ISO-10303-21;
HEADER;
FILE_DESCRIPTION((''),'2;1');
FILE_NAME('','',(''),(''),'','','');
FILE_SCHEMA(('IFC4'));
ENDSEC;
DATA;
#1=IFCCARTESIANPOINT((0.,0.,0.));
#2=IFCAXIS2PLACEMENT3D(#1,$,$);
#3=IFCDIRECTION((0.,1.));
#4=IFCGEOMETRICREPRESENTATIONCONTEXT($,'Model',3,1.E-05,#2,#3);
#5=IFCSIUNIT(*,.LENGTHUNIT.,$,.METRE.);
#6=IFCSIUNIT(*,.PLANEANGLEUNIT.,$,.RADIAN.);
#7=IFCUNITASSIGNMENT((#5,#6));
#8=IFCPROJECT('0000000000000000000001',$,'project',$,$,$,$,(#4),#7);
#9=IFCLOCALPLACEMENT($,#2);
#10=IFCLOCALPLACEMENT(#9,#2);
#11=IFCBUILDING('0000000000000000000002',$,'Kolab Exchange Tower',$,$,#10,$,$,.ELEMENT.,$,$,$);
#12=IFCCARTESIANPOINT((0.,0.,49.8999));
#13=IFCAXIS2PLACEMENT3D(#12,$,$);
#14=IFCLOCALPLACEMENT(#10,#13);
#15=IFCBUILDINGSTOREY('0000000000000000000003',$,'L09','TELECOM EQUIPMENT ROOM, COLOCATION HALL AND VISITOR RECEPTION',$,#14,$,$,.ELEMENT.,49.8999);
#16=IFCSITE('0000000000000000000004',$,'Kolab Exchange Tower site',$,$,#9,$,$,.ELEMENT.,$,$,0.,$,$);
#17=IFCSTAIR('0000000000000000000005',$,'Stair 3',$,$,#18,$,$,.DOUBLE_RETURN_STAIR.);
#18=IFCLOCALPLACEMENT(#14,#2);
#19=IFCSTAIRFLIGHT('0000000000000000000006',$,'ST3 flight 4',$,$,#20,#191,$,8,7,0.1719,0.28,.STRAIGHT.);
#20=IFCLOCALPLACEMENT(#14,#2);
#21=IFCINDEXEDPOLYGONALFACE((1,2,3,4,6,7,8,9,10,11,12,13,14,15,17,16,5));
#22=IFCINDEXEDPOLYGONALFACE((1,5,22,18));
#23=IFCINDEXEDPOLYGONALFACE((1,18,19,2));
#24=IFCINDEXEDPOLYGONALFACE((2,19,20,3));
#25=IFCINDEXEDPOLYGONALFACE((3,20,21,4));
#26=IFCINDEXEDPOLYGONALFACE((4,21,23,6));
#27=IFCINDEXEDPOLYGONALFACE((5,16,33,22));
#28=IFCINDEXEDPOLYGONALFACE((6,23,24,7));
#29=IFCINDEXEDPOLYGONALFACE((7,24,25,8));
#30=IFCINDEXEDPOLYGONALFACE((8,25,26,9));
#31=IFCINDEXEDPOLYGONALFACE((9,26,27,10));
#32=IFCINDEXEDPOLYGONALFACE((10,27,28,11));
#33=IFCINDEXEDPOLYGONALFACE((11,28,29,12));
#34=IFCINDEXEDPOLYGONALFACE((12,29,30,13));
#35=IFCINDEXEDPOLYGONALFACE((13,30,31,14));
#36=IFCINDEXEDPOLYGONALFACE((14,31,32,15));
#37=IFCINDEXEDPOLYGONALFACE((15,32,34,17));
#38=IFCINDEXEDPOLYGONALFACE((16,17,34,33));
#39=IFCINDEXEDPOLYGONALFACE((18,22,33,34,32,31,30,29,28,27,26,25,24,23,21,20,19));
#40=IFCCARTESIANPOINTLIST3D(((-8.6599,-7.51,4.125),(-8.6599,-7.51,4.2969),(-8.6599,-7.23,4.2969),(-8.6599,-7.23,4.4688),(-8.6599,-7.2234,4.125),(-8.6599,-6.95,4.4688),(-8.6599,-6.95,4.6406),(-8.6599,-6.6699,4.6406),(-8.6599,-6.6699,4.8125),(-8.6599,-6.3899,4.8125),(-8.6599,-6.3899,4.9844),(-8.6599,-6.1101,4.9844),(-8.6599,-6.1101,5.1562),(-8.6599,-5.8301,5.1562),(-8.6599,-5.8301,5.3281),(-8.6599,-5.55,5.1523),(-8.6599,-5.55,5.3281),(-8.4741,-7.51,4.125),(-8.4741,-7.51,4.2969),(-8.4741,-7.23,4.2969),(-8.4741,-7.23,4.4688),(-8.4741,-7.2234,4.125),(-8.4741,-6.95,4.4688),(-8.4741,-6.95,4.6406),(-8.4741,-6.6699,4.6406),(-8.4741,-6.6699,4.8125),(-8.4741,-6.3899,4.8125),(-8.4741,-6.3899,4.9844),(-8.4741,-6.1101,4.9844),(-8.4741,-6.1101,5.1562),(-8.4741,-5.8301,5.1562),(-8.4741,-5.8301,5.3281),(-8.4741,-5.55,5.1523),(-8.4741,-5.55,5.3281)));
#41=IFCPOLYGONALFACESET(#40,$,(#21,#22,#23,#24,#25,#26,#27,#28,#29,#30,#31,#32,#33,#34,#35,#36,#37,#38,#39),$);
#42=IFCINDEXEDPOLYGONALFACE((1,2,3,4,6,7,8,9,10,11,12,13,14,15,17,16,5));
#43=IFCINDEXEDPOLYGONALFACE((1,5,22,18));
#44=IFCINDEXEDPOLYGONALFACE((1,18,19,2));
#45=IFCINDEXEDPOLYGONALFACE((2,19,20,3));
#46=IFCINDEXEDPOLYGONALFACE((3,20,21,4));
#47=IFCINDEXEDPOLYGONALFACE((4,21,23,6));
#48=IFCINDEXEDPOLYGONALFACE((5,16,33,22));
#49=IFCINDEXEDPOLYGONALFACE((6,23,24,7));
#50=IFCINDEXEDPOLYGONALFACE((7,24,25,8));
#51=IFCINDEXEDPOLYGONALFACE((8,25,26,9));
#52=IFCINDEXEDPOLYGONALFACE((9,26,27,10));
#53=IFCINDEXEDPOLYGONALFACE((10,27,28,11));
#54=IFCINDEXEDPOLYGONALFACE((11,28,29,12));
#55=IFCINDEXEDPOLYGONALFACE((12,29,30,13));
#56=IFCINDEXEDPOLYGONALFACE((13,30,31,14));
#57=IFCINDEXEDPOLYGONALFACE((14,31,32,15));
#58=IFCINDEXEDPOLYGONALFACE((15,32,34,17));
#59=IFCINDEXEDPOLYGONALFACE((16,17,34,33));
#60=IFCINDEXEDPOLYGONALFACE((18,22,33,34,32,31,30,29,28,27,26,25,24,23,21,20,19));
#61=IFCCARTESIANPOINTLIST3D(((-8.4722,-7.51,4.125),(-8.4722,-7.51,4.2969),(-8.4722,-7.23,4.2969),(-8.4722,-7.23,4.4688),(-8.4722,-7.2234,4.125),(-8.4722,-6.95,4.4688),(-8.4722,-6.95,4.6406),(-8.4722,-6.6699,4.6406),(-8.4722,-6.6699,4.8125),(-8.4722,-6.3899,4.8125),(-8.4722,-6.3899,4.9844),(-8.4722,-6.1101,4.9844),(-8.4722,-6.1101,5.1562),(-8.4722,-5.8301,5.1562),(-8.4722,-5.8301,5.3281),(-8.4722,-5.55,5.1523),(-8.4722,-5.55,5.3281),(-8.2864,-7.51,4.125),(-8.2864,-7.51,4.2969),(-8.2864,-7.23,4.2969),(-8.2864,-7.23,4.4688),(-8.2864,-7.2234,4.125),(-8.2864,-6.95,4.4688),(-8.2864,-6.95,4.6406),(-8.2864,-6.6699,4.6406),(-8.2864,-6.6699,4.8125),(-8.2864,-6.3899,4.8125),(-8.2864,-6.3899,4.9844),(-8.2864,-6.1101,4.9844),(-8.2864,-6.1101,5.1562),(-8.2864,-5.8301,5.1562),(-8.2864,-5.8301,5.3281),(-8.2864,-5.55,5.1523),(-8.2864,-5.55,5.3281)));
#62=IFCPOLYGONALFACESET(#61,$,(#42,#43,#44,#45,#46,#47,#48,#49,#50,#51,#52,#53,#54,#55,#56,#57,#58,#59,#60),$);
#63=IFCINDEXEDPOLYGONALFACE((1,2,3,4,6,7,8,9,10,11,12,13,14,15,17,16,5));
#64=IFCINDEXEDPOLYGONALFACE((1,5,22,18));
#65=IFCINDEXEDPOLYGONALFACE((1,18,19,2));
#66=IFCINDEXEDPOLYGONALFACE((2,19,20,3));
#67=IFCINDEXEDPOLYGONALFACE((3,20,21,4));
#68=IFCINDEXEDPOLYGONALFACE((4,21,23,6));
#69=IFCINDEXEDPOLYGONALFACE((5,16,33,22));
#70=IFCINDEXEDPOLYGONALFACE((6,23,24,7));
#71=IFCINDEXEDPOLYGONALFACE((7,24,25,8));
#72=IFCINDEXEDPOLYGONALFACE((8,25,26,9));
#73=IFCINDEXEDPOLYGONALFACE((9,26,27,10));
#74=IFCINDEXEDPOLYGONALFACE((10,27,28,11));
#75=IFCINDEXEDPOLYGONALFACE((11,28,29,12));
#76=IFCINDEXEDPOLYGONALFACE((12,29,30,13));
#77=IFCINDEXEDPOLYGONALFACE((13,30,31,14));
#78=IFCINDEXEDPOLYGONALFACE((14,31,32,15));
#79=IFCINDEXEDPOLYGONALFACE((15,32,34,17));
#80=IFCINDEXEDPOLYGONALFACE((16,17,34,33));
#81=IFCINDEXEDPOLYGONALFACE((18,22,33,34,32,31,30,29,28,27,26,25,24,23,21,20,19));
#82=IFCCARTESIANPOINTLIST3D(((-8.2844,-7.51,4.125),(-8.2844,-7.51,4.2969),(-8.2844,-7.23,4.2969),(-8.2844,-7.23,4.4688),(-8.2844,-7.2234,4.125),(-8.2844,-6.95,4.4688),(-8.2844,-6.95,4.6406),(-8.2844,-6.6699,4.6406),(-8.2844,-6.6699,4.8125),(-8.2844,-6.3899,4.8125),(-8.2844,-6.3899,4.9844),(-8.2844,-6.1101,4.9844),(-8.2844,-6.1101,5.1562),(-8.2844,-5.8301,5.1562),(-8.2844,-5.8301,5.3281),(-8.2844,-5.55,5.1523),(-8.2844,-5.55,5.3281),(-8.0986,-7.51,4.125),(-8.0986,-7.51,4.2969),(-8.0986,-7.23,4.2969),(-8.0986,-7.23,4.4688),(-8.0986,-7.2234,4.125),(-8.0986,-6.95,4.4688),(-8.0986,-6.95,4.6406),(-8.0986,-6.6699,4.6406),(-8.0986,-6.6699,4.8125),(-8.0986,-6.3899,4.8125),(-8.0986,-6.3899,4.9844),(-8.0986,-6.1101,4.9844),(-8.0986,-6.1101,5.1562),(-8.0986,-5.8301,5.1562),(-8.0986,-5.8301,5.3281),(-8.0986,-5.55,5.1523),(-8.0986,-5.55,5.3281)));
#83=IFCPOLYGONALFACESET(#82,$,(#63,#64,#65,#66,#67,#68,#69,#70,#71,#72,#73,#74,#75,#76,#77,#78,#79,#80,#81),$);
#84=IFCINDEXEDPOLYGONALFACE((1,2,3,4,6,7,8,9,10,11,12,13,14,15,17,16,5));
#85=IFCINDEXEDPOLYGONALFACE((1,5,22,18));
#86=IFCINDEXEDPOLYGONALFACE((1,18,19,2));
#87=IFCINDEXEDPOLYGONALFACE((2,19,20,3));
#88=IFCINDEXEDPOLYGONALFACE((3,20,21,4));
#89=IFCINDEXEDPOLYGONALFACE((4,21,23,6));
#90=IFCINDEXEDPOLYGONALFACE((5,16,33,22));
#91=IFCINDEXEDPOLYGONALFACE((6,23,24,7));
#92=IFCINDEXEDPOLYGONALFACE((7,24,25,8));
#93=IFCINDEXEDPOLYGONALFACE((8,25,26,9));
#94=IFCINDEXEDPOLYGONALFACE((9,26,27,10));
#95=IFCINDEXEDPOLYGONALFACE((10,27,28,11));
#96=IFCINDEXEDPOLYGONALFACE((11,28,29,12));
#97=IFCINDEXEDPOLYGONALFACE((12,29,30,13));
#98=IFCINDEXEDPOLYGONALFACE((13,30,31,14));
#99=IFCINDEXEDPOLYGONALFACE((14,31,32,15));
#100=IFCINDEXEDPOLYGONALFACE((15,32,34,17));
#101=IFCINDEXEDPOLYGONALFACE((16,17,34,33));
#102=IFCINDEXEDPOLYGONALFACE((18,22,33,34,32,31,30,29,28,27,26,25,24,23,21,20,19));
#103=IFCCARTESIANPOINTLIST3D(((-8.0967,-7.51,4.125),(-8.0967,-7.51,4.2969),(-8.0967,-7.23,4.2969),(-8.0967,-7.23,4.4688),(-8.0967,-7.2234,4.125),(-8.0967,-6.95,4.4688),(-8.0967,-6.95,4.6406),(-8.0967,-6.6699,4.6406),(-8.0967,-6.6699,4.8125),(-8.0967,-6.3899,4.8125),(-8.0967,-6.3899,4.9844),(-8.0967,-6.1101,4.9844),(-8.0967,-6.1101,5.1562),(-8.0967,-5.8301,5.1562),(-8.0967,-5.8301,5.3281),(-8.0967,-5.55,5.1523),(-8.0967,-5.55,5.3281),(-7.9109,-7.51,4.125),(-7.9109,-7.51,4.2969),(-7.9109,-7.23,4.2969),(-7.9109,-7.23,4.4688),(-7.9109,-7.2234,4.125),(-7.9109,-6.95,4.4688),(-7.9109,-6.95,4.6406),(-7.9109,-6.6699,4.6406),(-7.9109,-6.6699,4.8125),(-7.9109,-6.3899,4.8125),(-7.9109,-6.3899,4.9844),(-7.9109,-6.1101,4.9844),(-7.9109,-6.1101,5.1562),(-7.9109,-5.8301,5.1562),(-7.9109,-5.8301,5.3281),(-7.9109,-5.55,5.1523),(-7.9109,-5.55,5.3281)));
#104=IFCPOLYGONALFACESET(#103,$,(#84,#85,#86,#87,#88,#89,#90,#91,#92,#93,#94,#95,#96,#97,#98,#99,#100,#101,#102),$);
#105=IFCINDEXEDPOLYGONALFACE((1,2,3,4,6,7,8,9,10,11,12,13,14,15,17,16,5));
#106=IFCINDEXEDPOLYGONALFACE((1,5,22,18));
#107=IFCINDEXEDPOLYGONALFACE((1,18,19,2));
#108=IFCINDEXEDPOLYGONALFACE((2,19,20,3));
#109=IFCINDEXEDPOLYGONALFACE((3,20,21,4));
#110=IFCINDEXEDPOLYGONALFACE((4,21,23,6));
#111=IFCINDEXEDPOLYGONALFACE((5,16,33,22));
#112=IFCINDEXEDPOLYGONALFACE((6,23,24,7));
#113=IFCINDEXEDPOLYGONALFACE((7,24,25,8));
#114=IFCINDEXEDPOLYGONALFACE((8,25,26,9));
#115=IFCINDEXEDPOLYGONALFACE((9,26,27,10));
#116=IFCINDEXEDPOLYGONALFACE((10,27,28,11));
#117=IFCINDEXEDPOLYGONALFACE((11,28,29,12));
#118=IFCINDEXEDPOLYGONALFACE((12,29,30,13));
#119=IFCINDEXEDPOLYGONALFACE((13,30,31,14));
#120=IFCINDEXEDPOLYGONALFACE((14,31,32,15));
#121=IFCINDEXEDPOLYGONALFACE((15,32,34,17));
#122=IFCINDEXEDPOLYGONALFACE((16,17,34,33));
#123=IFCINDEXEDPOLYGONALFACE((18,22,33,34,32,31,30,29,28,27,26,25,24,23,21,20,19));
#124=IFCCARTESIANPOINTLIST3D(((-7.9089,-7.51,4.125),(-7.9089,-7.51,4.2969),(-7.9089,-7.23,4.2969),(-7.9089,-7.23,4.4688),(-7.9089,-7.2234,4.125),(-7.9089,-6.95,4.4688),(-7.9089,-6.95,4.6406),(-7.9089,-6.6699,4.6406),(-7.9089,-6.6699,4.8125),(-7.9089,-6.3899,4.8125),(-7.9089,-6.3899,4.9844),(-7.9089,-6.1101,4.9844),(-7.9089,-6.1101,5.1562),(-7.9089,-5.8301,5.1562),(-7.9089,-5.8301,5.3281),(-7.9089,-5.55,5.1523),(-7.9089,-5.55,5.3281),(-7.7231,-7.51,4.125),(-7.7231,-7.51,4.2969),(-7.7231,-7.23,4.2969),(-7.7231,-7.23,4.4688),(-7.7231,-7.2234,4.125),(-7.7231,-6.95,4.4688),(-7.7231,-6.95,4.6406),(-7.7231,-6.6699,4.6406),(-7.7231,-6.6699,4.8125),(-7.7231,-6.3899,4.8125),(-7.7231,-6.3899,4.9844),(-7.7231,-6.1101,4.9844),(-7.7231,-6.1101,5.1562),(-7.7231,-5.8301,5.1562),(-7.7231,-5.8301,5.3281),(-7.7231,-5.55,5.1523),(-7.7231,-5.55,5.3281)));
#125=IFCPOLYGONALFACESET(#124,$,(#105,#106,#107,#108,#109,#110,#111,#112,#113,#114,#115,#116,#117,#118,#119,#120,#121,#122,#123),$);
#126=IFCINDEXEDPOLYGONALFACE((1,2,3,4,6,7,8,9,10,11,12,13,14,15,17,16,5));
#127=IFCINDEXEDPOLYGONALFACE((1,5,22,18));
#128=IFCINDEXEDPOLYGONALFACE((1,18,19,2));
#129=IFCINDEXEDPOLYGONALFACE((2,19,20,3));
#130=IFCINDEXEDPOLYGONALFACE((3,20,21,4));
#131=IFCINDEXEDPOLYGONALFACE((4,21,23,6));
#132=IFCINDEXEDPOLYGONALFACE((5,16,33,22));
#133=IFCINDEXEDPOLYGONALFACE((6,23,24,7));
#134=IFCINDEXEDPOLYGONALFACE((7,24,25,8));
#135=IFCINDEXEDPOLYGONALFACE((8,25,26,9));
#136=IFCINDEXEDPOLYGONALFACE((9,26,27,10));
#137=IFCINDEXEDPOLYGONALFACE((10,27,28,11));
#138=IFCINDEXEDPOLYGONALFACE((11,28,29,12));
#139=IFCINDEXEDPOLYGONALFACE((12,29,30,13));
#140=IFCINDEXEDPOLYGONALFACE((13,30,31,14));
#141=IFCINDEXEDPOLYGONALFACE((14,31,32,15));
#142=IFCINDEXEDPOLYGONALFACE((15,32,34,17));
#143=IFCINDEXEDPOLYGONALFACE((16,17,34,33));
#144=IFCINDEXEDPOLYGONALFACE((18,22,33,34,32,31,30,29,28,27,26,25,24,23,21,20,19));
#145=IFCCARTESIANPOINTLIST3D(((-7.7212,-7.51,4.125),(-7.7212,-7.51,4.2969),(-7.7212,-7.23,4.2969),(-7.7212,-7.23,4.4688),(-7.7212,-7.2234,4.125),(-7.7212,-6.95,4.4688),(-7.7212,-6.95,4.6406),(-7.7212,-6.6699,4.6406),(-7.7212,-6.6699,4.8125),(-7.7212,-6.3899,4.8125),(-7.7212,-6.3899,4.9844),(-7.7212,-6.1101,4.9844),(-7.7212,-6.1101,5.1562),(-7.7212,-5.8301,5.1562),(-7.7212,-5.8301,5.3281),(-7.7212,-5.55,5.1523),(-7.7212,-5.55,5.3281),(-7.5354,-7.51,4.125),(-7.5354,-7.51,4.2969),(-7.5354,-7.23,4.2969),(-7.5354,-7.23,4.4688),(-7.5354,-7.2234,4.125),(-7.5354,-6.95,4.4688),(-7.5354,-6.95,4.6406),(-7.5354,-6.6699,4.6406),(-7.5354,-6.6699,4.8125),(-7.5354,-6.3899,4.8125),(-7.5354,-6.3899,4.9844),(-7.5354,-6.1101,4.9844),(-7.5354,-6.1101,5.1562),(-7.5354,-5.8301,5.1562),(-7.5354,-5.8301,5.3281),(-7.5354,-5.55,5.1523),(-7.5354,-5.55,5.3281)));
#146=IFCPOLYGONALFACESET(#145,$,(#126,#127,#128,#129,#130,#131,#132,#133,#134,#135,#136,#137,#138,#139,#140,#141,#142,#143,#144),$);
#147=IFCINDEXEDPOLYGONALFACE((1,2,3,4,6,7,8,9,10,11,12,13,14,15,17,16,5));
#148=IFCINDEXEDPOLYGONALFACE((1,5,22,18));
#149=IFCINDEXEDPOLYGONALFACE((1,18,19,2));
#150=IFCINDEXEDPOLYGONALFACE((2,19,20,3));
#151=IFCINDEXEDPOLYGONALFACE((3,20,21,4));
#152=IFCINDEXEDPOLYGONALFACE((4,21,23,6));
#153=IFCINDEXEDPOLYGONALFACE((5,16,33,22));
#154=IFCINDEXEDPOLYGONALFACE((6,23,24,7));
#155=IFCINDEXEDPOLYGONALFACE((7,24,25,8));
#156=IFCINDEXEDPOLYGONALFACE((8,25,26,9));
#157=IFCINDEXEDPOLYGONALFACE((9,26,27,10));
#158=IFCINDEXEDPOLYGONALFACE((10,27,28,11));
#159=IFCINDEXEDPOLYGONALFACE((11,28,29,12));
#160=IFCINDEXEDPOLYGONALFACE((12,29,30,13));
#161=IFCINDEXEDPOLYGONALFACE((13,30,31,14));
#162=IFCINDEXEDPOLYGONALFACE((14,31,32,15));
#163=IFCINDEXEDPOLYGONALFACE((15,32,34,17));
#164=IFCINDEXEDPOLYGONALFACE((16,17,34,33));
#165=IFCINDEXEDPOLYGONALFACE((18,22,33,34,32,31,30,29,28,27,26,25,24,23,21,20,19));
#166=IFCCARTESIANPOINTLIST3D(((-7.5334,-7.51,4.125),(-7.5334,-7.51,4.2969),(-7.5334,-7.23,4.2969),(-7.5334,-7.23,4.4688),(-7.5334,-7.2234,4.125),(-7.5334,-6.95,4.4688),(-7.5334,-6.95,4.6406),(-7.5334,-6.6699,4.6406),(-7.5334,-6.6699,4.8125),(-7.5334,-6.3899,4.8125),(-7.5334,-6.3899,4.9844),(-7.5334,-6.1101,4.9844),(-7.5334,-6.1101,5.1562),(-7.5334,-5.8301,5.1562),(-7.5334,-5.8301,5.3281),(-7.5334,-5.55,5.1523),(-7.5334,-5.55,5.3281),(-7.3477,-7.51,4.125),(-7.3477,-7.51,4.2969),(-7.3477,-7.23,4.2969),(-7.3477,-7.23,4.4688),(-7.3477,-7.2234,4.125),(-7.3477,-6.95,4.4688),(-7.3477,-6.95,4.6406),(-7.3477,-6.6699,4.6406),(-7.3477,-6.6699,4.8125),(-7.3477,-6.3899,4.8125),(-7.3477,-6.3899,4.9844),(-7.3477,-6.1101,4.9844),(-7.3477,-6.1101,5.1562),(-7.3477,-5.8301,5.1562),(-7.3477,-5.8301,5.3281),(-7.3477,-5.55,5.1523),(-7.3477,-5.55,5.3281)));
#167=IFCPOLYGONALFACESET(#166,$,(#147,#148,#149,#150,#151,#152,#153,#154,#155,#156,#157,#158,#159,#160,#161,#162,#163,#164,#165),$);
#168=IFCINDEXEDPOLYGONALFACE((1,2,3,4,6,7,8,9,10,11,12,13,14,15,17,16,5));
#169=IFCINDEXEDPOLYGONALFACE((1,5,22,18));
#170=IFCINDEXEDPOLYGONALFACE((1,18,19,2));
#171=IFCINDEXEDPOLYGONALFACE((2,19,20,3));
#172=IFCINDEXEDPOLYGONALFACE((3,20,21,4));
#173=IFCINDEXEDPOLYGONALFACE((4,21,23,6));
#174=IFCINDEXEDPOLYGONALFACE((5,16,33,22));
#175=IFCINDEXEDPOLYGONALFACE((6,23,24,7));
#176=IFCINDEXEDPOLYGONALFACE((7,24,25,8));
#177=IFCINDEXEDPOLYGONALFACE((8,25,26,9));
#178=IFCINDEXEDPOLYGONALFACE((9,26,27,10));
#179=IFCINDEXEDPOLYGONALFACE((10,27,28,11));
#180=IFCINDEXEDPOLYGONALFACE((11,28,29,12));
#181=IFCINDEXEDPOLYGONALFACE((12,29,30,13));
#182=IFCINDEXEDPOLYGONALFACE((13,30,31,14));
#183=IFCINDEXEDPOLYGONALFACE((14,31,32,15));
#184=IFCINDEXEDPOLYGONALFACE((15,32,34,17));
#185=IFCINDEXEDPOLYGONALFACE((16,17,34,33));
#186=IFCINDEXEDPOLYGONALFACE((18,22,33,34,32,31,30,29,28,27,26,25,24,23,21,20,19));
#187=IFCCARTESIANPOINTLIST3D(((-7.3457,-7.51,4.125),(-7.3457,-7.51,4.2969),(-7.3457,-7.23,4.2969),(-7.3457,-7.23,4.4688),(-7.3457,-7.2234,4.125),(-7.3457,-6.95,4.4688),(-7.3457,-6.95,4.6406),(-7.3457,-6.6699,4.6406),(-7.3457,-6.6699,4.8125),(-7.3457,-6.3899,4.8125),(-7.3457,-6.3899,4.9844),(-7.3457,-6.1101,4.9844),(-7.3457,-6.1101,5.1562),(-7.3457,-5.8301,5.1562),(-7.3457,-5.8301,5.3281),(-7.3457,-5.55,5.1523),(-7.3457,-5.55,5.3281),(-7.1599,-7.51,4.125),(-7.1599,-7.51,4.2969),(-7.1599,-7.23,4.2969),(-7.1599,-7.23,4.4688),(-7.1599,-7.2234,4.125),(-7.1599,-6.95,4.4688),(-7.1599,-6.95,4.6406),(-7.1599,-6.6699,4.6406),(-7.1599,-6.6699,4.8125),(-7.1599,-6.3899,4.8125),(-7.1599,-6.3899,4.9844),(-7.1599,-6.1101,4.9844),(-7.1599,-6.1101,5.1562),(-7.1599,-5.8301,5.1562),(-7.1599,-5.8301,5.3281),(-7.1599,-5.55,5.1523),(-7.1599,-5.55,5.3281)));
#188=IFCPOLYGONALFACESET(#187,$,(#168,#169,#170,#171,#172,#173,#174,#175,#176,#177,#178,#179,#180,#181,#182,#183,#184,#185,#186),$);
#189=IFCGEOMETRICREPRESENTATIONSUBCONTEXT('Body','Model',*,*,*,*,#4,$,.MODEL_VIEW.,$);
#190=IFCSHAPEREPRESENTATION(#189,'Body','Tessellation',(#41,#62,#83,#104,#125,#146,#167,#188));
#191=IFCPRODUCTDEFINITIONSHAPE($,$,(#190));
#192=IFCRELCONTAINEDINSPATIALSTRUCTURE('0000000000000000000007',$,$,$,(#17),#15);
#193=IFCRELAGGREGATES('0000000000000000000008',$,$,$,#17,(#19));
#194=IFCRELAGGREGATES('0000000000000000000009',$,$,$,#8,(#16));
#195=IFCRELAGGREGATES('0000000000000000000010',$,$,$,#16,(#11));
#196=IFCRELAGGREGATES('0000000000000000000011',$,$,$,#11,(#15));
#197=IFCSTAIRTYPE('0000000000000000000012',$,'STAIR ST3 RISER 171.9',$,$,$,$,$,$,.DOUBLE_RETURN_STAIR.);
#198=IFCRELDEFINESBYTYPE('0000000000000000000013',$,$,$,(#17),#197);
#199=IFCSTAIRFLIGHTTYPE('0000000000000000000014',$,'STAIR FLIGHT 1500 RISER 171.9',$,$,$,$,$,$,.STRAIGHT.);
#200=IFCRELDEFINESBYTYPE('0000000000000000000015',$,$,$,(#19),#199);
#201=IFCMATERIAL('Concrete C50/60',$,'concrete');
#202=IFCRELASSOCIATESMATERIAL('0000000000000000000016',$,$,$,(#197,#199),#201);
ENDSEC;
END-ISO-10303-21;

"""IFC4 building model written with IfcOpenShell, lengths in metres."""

from ifc_helpers import new_model, si_unit, direction, frame, origin, place, context, subcontext, project, spatial, polyline, outline, extrude, material, type_object, element, aggregate, save


model = new_model("IFC4")

# Units and contexts
model_context = context("Model", 3, precision=1e-05, world=origin(), true_north=direction((0.0, 1.0)))
body_context = subcontext(model_context, "Body", "Model", "MODEL_VIEW")
ifc_project = project(units=[si_unit("LENGTHUNIT", "METRE"), si_unit("PLANEANGLEUNIT", "RADIAN")], contexts=[model_context])

# Site, building, storey
site_placement = place(None, origin())
site = spatial("IfcSite", under=ifc_project, at=site_placement, Name="Kolab Exchange Tower site", CompositionType="ELEMENT", RefElevation=0.0)
building_placement = place(site_placement, origin())
building = spatial("IfcBuilding", under=site, at=building_placement, Name="Kolab Exchange Tower", CompositionType="ELEMENT")
storey_placement = place(building_placement, frame((0.0, 0.0, 49.8999)))
storey = spatial("IfcBuildingStorey", under=building, at=storey_placement, Name="L09", Description="TELECOM EQUIPMENT ROOM, COLOCATION HALL AND VISITOR RECEPTION", CompositionType="ELEMENT", Elevation=49.8999)

# Shared definitions
ifc_material_1 = material(Name="Concrete C50/60", Category="concrete")

# Stair, stair flight
stair_type = type_object("IfcStairType", Name="STAIR ST3 RISER 171.9", PredefinedType="DOUBLE_RETURN_STAIR", material=ifc_material_1)
stair_placement = place(storey_placement, origin())
stair = element("IfcStair", 1, at=stair_placement, inside=storey, type_object=stair_type, Name="Stair 3", PredefinedType="DOUBLE_RETURN_STAIR")
stair_flight_type = type_object("IfcStairFlightType", Name="STAIR FLIGHT 1500 RISER 171.9", PredefinedType="STRAIGHT", material=ifc_material_1)
stair_flight_1_placement = place(storey_placement, frame((-7.9099, -7.51, 4.125), z_axis=(0.0, 0.0, 1.0), x_axis=(0.0, 1.0, 0.0)))
stair_flight_1 = element("IfcStairFlight", 2, at=stair_flight_1_placement, type_object=stair_flight_type, Name="ST3 flight 4", NumberOfRisers=8, NumberOfTreads=7, PredefinedType="STRAIGHT", RiserHeight=0.1719, TreadLength=0.28, context=body_context, shape_type="SweptSolid", body=[
    extrude(outline(polyline([(0.0, 0.0), (0.0, 0.1719), (0.28, 0.1719), (0.28, 0.3438), (0.5601, 0.3438), (0.5601, 0.5156), (0.8401, 0.5156), (0.8401, 0.6875), (1.1201, 0.6875), (1.1201, 0.8594), (1.3999, 0.8594), (1.3999, 1.0312), (1.6799, 1.0312), (1.6799, 1.2031), (1.96, 1.2031), (1.96, 1.375), (1.96, 1.0273), (0.2866, 0.0), (0.0, 0.0)])), frame((0.0, 0.75, 0.0), z_axis=(0.0, -1.0, 0.0), x_axis=(1.0, 0.0, 0.0)), (0.0, 0.0, 1.0), 0.1858),
    extrude(outline(polyline([(0.0, 0.0), (0.0, 0.1719), (0.28, 0.1719), (0.28, 0.3438), (0.5601, 0.3438), (0.5601, 0.5156), (0.8401, 0.5156), (0.8401, 0.6875), (1.1201, 0.6875), (1.1201, 0.8594), (1.3999, 0.8594), (1.3999, 1.0312), (1.6799, 1.0312), (1.6799, 1.2031), (1.96, 1.2031), (1.96, 1.375), (1.96, 1.0273), (0.2866, 0.0), (0.0, 0.0)])), frame((0.0, 0.5623, 0.0), z_axis=(0.0, -1.0, 0.0), x_axis=(1.0, 0.0, 0.0)), (0.0, 0.0, 1.0), 0.1858),
    extrude(outline(polyline([(0.0, 0.0), (0.0, 0.1719), (0.28, 0.1719), (0.28, 0.3438), (0.5601, 0.3438), (0.5601, 0.5156), (0.8401, 0.5156), (0.8401, 0.6875), (1.1201, 0.6875), (1.1201, 0.8594), (1.3999, 0.8594), (1.3999, 1.0312), (1.6799, 1.0312), (1.6799, 1.2031), (1.96, 1.2031), (1.96, 1.375), (1.96, 1.0273), (0.2866, 0.0), (0.0, 0.0)])), frame((0.0, 0.3745, 0.0), z_axis=(0.0, -1.0, 0.0), x_axis=(1.0, 0.0, 0.0)), (0.0, 0.0, 1.0), 0.1858),
    extrude(outline(polyline([(0.0, 0.0), (0.0, 0.1719), (0.28, 0.1719), (0.28, 0.3438), (0.5601, 0.3438), (0.5601, 0.5156), (0.8401, 0.5156), (0.8401, 0.6875), (1.1201, 0.6875), (1.1201, 0.8594), (1.3999, 0.8594), (1.3999, 1.0312), (1.6799, 1.0312), (1.6799, 1.2031), (1.96, 1.2031), (1.96, 1.375), (1.96, 1.0273), (0.2866, 0.0), (0.0, 0.0)])), frame((0.0, 0.1868, 0.0), z_axis=(0.0, -1.0, 0.0), x_axis=(1.0, 0.0, 0.0)), (0.0, 0.0, 1.0), 0.1858),
    extrude(outline(polyline([(0.0, 0.0), (0.0, 0.1719), (0.28, 0.1719), (0.28, 0.3438), (0.5601, 0.3438), (0.5601, 0.5156), (0.8401, 0.5156), (0.8401, 0.6875), (1.1201, 0.6875), (1.1201, 0.8594), (1.3999, 0.8594), (1.3999, 1.0312), (1.6799, 1.0312), (1.6799, 1.2031), (1.96, 1.2031), (1.96, 1.375), (1.96, 1.0273), (0.2866, 0.0), (0.0, 0.0)])), frame((0.0, -0.001, 0.0), z_axis=(0.0, -1.0, 0.0), x_axis=(1.0, 0.0, 0.0)), (0.0, 0.0, 1.0), 0.1858),
    extrude(outline(polyline([(0.0, 0.0), (0.0, 0.1719), (0.28, 0.1719), (0.28, 0.3438), (0.5601, 0.3438), (0.5601, 0.5156), (0.8401, 0.5156), (0.8401, 0.6875), (1.1201, 0.6875), (1.1201, 0.8594), (1.3999, 0.8594), (1.3999, 1.0312), (1.6799, 1.0312), (1.6799, 1.2031), (1.96, 1.2031), (1.96, 1.375), (1.96, 1.0273), (0.2866, 0.0), (0.0, 0.0)])), frame((0.0, -0.1887, 0.0), z_axis=(0.0, -1.0, 0.0), x_axis=(1.0, 0.0, 0.0)), (0.0, 0.0, 1.0), 0.1858),
    extrude(outline(polyline([(0.0, 0.0), (0.0, 0.1719), (0.28, 0.1719), (0.28, 0.3438), (0.5601, 0.3438), (0.5601, 0.5156), (0.8401, 0.5156), (0.8401, 0.6875), (1.1201, 0.6875), (1.1201, 0.8594), (1.3999, 0.8594), (1.3999, 1.0312), (1.6799, 1.0312), (1.6799, 1.2031), (1.96, 1.2031), (1.96, 1.375), (1.96, 1.0273), (0.2866, 0.0), (0.0, 0.0)])), frame((0.0, -0.3765, 0.0), z_axis=(0.0, -1.0, 0.0), x_axis=(1.0, 0.0, 0.0)), (0.0, 0.0, 1.0), 0.1858),
    extrude(outline(polyline([(0.0, 0.0), (0.0, 0.1719), (0.28, 0.1719), (0.28, 0.3438), (0.5601, 0.3438), (0.5601, 0.5156), (0.8401, 0.5156), (0.8401, 0.6875), (1.1201, 0.6875), (1.1201, 0.8594), (1.3999, 0.8594), (1.3999, 1.0312), (1.6799, 1.0312), (1.6799, 1.2031), (1.96, 1.2031), (1.96, 1.375), (1.96, 1.0273), (0.2866, 0.0), (0.0, 0.0)])), frame((0.0, -0.5642, 0.0), z_axis=(0.0, -1.0, 0.0), x_axis=(1.0, 0.0, 0.0)), (0.0, 0.0, 1.0), 0.1858),
])
aggregate(stair, [stair_flight_1])

save(model, "model.ifc")
